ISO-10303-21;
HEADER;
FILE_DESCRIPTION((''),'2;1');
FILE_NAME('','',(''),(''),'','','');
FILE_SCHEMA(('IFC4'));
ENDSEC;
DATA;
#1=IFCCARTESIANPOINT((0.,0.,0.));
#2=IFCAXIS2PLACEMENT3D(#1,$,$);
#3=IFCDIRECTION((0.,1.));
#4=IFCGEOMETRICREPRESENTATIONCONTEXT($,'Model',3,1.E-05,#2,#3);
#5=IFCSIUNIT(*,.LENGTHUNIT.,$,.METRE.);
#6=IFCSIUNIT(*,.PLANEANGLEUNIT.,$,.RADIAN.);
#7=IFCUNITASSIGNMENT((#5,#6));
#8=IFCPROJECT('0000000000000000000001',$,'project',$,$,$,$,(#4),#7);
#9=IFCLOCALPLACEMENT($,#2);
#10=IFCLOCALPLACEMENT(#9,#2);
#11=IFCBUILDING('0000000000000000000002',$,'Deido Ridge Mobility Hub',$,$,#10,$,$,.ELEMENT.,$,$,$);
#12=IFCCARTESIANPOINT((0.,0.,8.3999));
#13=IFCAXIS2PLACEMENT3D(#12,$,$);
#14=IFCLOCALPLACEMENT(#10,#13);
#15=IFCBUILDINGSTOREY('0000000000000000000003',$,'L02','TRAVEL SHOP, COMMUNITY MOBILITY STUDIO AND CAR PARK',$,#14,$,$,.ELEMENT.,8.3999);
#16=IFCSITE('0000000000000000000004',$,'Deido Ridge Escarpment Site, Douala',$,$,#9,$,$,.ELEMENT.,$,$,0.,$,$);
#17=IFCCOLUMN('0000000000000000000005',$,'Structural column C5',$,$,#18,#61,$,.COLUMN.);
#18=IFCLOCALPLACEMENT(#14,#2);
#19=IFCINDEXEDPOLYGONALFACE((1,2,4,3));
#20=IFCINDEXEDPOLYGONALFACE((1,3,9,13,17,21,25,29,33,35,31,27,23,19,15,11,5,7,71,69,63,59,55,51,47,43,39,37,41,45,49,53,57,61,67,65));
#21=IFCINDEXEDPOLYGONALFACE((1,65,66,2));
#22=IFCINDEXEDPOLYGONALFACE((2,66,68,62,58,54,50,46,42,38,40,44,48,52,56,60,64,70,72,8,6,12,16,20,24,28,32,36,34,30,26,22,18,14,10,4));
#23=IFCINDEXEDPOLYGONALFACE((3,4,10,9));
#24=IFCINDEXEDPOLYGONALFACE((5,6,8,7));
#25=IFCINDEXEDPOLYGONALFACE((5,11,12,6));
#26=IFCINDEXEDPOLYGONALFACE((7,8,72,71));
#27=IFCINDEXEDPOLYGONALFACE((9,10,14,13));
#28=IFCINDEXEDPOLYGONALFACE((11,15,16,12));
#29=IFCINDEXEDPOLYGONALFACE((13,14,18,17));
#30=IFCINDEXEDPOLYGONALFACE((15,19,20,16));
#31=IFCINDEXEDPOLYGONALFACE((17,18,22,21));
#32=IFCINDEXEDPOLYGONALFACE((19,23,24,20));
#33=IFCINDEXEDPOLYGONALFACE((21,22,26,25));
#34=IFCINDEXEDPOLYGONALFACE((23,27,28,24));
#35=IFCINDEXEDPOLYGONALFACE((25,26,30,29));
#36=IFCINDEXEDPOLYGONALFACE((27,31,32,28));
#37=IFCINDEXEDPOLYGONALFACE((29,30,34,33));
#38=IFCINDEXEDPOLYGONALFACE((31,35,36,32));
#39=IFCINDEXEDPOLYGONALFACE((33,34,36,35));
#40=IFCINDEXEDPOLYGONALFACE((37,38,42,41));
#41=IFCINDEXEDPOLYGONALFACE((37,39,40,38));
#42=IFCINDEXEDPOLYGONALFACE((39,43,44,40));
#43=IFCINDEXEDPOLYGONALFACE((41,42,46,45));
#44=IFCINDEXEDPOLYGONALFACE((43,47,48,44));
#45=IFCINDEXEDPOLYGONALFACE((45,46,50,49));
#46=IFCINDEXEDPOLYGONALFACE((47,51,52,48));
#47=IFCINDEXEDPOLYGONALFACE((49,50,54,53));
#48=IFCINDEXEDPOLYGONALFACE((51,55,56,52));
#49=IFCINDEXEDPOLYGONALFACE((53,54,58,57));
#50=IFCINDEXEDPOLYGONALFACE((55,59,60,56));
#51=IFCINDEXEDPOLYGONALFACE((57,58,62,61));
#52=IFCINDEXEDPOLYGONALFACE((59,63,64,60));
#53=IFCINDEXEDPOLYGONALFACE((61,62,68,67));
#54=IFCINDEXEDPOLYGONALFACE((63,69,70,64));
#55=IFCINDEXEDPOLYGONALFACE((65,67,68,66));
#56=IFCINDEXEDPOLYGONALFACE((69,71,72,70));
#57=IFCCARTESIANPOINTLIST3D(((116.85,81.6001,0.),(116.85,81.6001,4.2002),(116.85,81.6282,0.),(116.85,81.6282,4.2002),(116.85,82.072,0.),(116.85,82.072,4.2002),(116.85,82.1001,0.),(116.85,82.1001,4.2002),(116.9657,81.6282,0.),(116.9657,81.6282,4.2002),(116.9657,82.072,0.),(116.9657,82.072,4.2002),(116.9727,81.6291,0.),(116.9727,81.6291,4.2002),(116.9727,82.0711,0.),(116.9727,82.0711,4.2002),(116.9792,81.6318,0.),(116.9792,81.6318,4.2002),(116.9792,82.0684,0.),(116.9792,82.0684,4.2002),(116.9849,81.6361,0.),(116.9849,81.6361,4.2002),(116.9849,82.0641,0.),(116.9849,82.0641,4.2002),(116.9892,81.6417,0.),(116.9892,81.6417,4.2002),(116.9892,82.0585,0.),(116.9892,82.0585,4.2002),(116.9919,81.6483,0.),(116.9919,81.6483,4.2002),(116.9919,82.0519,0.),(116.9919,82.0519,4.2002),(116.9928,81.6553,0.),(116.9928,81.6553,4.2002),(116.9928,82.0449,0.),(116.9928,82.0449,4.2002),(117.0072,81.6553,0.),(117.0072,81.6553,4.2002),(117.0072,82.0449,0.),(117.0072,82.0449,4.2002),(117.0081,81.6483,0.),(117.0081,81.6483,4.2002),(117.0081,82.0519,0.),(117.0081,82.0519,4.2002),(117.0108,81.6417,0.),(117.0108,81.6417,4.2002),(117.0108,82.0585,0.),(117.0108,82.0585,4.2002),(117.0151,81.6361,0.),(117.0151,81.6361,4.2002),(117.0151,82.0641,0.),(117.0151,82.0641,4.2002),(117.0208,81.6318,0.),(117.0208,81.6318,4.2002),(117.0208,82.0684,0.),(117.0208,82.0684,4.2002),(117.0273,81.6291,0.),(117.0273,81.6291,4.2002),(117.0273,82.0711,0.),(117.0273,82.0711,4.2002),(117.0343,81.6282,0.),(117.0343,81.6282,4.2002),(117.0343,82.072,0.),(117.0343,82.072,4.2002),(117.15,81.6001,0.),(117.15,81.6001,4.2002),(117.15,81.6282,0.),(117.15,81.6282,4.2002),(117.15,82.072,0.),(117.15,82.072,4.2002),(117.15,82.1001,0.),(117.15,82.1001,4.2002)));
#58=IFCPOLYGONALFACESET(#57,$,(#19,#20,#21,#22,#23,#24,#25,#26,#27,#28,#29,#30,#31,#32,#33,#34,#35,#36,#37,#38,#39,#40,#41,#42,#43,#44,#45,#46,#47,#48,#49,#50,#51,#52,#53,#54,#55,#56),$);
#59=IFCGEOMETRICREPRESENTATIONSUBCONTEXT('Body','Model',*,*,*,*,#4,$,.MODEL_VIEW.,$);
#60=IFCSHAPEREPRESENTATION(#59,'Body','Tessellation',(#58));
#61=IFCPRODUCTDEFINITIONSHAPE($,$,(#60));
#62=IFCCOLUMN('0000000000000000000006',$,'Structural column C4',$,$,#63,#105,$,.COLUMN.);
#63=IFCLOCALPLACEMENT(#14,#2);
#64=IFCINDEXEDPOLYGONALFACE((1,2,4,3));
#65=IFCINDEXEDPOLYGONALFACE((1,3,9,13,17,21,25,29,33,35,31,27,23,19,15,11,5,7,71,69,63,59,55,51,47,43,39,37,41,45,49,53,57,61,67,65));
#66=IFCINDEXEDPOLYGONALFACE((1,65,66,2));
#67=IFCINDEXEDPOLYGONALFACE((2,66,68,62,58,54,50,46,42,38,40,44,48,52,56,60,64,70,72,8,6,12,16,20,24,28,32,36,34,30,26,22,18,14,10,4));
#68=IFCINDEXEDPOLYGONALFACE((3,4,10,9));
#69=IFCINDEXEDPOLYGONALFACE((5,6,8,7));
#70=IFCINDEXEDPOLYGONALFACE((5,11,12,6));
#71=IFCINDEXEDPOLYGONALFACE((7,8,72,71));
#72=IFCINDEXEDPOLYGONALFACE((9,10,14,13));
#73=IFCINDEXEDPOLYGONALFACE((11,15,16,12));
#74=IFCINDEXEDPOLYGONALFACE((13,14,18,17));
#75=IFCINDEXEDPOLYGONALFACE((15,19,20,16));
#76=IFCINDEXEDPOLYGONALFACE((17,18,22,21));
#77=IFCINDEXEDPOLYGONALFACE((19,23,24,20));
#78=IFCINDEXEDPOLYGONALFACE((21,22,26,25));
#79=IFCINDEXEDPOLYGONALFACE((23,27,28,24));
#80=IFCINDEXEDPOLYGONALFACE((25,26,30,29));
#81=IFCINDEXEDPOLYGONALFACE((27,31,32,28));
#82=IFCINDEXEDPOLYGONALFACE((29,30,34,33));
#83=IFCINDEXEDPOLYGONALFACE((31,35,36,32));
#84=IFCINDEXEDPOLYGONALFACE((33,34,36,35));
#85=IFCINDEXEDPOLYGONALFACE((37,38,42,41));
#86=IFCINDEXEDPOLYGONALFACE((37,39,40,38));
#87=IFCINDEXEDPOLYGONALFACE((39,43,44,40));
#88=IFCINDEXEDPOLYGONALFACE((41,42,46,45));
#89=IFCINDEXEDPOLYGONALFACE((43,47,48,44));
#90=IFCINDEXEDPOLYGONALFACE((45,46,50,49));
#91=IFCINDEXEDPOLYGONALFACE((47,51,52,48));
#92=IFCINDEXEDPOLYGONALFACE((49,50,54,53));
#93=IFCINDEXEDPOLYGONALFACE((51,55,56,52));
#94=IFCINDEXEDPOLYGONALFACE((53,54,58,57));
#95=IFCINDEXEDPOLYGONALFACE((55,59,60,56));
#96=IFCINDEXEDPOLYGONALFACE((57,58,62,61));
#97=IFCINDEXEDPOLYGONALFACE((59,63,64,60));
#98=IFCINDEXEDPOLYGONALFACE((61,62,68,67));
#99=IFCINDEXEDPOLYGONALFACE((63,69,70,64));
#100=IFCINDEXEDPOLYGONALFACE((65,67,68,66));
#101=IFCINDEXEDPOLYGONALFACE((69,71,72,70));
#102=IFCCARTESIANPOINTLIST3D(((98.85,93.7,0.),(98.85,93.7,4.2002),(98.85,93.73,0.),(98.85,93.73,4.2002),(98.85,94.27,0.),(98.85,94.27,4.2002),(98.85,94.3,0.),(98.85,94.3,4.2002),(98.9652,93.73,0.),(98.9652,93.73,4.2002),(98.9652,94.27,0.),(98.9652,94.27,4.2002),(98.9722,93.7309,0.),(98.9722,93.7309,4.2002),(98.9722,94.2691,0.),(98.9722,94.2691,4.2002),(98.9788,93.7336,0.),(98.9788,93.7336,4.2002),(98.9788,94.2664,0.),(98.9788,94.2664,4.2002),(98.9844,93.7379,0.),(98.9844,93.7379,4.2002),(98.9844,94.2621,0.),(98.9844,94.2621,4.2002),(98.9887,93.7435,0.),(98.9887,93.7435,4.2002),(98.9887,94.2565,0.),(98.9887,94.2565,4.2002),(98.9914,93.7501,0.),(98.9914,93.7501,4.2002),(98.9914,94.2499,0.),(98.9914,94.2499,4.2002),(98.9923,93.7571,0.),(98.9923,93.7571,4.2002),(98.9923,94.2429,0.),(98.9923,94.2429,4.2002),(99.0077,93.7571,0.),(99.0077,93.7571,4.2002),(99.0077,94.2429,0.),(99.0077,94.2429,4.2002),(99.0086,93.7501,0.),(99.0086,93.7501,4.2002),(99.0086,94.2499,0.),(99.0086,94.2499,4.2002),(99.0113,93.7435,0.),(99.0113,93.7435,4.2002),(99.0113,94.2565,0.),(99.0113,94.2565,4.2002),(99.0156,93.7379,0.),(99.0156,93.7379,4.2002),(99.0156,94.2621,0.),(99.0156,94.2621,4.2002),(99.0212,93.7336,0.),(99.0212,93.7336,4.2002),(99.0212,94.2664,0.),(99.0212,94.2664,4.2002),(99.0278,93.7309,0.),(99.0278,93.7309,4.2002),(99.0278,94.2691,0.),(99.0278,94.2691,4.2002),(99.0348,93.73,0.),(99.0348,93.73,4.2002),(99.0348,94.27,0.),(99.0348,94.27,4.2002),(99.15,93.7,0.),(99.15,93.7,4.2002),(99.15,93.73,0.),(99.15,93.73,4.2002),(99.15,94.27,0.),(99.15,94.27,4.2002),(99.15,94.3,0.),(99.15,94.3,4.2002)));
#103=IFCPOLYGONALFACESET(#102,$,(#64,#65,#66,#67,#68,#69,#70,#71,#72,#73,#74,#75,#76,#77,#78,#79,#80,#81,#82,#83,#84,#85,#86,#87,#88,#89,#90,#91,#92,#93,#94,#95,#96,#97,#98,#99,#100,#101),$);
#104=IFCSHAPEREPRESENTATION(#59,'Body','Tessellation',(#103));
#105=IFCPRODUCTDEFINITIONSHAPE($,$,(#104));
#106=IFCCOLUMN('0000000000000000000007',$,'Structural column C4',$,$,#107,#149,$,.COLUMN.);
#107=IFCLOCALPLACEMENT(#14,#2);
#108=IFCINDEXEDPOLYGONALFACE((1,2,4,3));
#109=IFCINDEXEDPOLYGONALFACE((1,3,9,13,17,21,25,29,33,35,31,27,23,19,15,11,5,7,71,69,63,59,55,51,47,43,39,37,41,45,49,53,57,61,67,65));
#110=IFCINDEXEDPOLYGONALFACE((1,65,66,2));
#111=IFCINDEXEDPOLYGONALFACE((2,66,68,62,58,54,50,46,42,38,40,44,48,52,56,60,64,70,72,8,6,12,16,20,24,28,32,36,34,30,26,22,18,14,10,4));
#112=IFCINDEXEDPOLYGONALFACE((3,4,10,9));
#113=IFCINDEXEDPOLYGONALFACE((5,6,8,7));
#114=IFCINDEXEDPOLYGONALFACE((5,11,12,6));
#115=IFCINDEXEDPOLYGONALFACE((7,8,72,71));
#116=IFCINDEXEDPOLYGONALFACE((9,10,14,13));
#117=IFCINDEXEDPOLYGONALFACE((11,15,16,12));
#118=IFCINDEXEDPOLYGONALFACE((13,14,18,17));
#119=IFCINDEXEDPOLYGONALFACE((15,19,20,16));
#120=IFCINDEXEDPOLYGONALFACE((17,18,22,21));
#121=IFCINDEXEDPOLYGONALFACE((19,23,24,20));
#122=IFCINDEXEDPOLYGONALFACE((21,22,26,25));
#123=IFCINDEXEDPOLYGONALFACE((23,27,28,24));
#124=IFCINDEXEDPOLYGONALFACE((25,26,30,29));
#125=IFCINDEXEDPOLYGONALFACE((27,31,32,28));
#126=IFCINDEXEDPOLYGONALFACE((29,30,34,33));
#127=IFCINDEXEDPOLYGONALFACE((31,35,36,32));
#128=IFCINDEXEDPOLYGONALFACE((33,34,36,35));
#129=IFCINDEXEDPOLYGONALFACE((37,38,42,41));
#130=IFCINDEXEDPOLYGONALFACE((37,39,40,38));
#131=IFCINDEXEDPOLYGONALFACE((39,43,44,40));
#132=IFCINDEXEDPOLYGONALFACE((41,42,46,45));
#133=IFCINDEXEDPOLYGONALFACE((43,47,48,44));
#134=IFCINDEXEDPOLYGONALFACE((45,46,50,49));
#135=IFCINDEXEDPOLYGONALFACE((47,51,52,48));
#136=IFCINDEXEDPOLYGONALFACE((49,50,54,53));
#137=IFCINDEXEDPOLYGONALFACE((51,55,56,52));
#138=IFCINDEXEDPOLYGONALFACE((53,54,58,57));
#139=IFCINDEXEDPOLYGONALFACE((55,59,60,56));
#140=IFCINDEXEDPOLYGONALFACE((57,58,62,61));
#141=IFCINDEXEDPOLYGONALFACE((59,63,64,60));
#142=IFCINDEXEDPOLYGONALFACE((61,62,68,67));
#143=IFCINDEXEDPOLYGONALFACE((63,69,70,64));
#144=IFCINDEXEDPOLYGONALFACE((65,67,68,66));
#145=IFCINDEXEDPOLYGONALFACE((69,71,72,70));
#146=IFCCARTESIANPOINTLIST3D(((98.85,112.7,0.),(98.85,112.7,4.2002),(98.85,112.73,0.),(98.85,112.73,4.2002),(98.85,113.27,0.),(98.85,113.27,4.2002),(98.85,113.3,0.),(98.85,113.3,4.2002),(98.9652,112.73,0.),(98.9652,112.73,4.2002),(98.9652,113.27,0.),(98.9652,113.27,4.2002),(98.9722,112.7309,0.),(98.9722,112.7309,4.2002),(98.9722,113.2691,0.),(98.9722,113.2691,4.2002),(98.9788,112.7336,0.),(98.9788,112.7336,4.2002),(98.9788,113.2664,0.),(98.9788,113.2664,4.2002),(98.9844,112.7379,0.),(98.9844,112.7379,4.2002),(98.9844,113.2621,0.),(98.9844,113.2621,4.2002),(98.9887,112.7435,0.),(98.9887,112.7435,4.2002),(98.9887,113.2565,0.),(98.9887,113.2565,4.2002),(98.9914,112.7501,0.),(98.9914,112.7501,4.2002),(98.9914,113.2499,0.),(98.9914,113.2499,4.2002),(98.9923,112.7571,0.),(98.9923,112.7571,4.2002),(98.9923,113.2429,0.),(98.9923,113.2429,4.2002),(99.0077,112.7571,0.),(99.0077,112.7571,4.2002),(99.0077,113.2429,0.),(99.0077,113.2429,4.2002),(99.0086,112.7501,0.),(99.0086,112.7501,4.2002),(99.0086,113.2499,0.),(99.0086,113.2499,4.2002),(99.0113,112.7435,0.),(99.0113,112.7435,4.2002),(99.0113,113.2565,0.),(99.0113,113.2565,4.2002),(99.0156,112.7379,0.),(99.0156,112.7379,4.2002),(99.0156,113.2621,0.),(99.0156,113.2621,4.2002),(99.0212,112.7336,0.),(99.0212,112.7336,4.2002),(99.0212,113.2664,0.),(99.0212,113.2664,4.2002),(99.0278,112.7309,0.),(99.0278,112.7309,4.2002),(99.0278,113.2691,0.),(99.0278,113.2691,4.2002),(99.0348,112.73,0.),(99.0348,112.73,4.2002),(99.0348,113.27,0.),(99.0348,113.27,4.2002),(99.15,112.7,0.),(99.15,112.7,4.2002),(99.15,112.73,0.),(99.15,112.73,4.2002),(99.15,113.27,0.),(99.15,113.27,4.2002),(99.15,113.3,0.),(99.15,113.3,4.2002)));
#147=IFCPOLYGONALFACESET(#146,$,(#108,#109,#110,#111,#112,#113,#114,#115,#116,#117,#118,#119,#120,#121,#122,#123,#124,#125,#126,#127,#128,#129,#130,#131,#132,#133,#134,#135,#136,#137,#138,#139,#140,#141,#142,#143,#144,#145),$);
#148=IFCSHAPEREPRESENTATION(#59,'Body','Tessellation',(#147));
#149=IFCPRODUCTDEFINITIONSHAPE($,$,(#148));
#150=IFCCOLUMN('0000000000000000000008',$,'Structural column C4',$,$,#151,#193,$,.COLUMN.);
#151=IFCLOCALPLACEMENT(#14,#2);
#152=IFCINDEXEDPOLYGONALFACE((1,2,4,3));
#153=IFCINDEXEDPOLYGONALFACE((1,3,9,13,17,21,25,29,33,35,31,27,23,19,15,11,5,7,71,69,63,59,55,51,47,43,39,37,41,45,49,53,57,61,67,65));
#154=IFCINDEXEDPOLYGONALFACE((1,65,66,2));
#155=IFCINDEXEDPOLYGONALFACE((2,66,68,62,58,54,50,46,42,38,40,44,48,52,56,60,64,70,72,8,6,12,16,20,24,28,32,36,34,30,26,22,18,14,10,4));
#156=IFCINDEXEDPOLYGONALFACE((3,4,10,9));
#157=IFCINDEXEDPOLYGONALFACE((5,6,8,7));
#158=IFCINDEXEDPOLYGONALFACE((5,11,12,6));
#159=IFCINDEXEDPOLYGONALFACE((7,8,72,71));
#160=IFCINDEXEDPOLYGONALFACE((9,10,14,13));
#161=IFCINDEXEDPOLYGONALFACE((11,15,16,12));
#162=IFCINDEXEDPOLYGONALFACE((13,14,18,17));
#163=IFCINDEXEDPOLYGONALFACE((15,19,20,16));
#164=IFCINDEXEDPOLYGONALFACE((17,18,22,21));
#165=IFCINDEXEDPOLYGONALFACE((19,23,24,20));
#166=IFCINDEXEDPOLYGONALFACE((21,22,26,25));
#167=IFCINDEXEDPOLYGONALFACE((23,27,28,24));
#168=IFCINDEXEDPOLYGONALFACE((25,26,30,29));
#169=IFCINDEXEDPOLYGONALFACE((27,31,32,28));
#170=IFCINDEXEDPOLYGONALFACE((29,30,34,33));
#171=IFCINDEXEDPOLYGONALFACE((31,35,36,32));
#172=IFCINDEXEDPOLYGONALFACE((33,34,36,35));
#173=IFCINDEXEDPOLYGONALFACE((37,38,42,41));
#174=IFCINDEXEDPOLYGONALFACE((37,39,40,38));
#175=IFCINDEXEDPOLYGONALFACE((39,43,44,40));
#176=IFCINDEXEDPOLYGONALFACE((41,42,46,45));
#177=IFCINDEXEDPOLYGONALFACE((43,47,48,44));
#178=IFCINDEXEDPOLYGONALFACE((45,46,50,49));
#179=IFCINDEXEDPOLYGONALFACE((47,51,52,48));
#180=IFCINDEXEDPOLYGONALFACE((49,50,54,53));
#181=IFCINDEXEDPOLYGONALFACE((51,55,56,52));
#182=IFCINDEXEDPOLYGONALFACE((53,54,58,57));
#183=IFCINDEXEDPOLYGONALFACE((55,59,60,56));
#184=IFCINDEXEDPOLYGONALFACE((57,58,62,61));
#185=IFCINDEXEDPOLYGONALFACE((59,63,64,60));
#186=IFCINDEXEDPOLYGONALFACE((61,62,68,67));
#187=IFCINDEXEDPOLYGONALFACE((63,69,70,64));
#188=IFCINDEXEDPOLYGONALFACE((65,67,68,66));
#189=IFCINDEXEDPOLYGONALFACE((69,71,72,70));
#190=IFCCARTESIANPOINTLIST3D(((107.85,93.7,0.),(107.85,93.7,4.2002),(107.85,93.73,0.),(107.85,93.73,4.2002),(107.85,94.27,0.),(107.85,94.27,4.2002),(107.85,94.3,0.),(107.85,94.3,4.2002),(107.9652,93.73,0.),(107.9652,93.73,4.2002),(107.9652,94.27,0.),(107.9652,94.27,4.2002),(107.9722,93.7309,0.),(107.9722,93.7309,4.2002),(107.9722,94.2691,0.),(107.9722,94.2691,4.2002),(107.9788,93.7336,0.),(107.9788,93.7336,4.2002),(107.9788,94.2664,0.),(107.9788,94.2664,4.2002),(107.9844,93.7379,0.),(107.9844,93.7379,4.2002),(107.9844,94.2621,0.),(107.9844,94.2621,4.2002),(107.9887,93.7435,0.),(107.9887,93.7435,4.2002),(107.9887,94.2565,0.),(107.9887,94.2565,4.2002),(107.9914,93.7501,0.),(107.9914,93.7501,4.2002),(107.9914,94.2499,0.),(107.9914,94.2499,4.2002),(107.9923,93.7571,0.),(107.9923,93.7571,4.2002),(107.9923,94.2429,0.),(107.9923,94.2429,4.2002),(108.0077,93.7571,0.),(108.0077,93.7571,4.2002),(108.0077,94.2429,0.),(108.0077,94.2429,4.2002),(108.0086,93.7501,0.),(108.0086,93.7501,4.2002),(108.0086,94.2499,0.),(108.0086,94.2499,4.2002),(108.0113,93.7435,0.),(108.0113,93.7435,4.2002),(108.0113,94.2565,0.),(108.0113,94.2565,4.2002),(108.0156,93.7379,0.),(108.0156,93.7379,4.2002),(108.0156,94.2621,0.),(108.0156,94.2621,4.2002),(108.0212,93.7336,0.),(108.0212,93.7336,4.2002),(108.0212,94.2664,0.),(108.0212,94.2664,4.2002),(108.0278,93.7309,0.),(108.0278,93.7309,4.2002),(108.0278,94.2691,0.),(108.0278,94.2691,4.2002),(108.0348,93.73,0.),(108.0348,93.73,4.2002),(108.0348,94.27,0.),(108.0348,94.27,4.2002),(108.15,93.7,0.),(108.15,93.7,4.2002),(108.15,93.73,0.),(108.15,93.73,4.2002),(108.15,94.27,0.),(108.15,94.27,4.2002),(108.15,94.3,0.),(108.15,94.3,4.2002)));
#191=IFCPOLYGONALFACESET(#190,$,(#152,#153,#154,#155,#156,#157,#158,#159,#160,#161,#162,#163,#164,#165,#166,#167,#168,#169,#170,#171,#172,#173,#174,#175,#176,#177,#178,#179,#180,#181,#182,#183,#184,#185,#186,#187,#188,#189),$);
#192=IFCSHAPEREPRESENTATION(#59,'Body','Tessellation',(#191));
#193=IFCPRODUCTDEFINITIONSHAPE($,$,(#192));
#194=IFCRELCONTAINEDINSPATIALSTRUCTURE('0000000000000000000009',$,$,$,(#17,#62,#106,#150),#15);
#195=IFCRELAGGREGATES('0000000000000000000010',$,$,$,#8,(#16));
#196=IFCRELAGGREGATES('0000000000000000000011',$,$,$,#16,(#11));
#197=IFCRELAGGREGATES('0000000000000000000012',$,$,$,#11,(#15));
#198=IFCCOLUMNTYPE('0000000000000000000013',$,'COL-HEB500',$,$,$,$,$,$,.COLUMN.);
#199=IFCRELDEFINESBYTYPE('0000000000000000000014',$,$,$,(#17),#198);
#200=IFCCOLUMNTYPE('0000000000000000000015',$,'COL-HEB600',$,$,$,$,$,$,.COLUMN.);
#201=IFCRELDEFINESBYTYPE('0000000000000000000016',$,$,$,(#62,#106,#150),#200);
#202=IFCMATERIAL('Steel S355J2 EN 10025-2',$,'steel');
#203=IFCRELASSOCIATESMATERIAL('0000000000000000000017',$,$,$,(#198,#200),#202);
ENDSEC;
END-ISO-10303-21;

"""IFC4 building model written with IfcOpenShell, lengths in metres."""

from ifc_helpers import new_model, si_unit, direction, frame, origin, origin_2d, place, context, subcontext, project, spatial, i_section, extrude, material, material_profile, profile_set, type_object, element, save


model = new_model("IFC4")

# Units and contexts
model_context = context("Model", 3, precision=1e-05, world=origin(), true_north=direction((0.0, 1.0)))
body_context = subcontext(model_context, "Body", "Model", "MODEL_VIEW")
ifc_project = project(units=[si_unit("LENGTHUNIT", "METRE"), si_unit("PLANEANGLEUNIT", "RADIAN")], contexts=[model_context])

# Site, building, storey
site_placement = place(None, origin())
site = spatial("IfcSite", under=ifc_project, at=site_placement, Name="Deido Ridge Escarpment Site, Douala", CompositionType="ELEMENT", RefElevation=0.0)
building_placement = place(site_placement, origin())
building = spatial("IfcBuilding", under=site, at=building_placement, Name="Deido Ridge Mobility Hub", CompositionType="ELEMENT")
storey_placement = place(building_placement, frame((0.0, 0.0, 8.3999)))
storey = spatial("IfcBuildingStorey", under=building, at=storey_placement, Name="L02", Description="TRAVEL SHOP, COMMUNITY MOBILITY STUDIO AND CAR PARK", CompositionType="ELEMENT", Elevation=8.3999)

# Columns
ifc_material_1 = material(Name="Steel S355J2 EN 10025-2", Category="steel")
ifc_material_profile_1 = material_profile(ifc_material_1, i_section(OverallWidth=0.3, OverallDepth=0.5, WebThickness=0.0144, FlangeThickness=0.0281, FilletRadius=0.0271, at=origin_2d()), Name="HEB 500")
ifc_profile_set_1 = profile_set([ifc_material_profile_1], Name="Steel S355J2 EN 10025-2")
column_type_1 = type_object("IfcColumnType", Name="COL-HEB500", PredefinedType="COLUMN", material=ifc_profile_set_1)
column_placement = place(storey_placement, frame((117.0, 81.8501, 0.0), z_axis=(0.0, 0.0, 1.0), x_axis=(1.0, 0.0, 0.0)))
element("IfcColumn", 1, at=column_placement, inside=storey, type_object=column_type_1, Name="Structural column C5", PredefinedType="COLUMN", context=body_context, shape_type="SweptSolid", body=[
    extrude(i_section(OverallWidth=0.3, OverallDepth=0.5, WebThickness=0.0144, FlangeThickness=0.0281, FilletRadius=0.0271, at=origin_2d()), origin(), (0.0, 0.0, 1.0), 4.2002),
])
ifc_material_profile_2 = material_profile(ifc_material_1, i_section(OverallWidth=0.3, OverallDepth=0.6001, WebThickness=0.0154, FlangeThickness=0.03, FilletRadius=0.0271, at=origin_2d()), Name="HEB 600")
ifc_profile_set_2 = profile_set([ifc_material_profile_2], Name="Steel S355J2 EN 10025-2")
column_type_2 = type_object("IfcColumnType", Name="COL-HEB600", PredefinedType="COLUMN", material=ifc_profile_set_2)
for number, where, z_axis, x_axis, name in (
    (2, (99.0, 94.0, 0.0), (0.0, 0.0, 1.0), (1.0, 0.0, 0.0), "Structural column C4"),
    (3, (99.0, 113.0, 0.0), (0.0, 0.0, 1.0), (1.0, 0.0, 0.0), "Structural column C4"),
    (4, (108.0, 94.0, 0.0), (0.0, 0.0, 1.0), (1.0, 0.0, 0.0), "Structural column C4"),
):
    element("IfcColumn", number, at=place(storey_placement, frame(where, z_axis=z_axis, x_axis=x_axis)), inside=storey, type_object=column_type_2, Name=name, PredefinedType="COLUMN", context=body_context, shape_type="SweptSolid", body=[
        extrude(i_section(OverallWidth=0.3, OverallDepth=0.6001, WebThickness=0.0154, FlangeThickness=0.03, FilletRadius=0.0271, at=origin_2d()), origin(), (0.0, 0.0, 1.0), 4.2002),
    ])

save(model, "model.ifc")
